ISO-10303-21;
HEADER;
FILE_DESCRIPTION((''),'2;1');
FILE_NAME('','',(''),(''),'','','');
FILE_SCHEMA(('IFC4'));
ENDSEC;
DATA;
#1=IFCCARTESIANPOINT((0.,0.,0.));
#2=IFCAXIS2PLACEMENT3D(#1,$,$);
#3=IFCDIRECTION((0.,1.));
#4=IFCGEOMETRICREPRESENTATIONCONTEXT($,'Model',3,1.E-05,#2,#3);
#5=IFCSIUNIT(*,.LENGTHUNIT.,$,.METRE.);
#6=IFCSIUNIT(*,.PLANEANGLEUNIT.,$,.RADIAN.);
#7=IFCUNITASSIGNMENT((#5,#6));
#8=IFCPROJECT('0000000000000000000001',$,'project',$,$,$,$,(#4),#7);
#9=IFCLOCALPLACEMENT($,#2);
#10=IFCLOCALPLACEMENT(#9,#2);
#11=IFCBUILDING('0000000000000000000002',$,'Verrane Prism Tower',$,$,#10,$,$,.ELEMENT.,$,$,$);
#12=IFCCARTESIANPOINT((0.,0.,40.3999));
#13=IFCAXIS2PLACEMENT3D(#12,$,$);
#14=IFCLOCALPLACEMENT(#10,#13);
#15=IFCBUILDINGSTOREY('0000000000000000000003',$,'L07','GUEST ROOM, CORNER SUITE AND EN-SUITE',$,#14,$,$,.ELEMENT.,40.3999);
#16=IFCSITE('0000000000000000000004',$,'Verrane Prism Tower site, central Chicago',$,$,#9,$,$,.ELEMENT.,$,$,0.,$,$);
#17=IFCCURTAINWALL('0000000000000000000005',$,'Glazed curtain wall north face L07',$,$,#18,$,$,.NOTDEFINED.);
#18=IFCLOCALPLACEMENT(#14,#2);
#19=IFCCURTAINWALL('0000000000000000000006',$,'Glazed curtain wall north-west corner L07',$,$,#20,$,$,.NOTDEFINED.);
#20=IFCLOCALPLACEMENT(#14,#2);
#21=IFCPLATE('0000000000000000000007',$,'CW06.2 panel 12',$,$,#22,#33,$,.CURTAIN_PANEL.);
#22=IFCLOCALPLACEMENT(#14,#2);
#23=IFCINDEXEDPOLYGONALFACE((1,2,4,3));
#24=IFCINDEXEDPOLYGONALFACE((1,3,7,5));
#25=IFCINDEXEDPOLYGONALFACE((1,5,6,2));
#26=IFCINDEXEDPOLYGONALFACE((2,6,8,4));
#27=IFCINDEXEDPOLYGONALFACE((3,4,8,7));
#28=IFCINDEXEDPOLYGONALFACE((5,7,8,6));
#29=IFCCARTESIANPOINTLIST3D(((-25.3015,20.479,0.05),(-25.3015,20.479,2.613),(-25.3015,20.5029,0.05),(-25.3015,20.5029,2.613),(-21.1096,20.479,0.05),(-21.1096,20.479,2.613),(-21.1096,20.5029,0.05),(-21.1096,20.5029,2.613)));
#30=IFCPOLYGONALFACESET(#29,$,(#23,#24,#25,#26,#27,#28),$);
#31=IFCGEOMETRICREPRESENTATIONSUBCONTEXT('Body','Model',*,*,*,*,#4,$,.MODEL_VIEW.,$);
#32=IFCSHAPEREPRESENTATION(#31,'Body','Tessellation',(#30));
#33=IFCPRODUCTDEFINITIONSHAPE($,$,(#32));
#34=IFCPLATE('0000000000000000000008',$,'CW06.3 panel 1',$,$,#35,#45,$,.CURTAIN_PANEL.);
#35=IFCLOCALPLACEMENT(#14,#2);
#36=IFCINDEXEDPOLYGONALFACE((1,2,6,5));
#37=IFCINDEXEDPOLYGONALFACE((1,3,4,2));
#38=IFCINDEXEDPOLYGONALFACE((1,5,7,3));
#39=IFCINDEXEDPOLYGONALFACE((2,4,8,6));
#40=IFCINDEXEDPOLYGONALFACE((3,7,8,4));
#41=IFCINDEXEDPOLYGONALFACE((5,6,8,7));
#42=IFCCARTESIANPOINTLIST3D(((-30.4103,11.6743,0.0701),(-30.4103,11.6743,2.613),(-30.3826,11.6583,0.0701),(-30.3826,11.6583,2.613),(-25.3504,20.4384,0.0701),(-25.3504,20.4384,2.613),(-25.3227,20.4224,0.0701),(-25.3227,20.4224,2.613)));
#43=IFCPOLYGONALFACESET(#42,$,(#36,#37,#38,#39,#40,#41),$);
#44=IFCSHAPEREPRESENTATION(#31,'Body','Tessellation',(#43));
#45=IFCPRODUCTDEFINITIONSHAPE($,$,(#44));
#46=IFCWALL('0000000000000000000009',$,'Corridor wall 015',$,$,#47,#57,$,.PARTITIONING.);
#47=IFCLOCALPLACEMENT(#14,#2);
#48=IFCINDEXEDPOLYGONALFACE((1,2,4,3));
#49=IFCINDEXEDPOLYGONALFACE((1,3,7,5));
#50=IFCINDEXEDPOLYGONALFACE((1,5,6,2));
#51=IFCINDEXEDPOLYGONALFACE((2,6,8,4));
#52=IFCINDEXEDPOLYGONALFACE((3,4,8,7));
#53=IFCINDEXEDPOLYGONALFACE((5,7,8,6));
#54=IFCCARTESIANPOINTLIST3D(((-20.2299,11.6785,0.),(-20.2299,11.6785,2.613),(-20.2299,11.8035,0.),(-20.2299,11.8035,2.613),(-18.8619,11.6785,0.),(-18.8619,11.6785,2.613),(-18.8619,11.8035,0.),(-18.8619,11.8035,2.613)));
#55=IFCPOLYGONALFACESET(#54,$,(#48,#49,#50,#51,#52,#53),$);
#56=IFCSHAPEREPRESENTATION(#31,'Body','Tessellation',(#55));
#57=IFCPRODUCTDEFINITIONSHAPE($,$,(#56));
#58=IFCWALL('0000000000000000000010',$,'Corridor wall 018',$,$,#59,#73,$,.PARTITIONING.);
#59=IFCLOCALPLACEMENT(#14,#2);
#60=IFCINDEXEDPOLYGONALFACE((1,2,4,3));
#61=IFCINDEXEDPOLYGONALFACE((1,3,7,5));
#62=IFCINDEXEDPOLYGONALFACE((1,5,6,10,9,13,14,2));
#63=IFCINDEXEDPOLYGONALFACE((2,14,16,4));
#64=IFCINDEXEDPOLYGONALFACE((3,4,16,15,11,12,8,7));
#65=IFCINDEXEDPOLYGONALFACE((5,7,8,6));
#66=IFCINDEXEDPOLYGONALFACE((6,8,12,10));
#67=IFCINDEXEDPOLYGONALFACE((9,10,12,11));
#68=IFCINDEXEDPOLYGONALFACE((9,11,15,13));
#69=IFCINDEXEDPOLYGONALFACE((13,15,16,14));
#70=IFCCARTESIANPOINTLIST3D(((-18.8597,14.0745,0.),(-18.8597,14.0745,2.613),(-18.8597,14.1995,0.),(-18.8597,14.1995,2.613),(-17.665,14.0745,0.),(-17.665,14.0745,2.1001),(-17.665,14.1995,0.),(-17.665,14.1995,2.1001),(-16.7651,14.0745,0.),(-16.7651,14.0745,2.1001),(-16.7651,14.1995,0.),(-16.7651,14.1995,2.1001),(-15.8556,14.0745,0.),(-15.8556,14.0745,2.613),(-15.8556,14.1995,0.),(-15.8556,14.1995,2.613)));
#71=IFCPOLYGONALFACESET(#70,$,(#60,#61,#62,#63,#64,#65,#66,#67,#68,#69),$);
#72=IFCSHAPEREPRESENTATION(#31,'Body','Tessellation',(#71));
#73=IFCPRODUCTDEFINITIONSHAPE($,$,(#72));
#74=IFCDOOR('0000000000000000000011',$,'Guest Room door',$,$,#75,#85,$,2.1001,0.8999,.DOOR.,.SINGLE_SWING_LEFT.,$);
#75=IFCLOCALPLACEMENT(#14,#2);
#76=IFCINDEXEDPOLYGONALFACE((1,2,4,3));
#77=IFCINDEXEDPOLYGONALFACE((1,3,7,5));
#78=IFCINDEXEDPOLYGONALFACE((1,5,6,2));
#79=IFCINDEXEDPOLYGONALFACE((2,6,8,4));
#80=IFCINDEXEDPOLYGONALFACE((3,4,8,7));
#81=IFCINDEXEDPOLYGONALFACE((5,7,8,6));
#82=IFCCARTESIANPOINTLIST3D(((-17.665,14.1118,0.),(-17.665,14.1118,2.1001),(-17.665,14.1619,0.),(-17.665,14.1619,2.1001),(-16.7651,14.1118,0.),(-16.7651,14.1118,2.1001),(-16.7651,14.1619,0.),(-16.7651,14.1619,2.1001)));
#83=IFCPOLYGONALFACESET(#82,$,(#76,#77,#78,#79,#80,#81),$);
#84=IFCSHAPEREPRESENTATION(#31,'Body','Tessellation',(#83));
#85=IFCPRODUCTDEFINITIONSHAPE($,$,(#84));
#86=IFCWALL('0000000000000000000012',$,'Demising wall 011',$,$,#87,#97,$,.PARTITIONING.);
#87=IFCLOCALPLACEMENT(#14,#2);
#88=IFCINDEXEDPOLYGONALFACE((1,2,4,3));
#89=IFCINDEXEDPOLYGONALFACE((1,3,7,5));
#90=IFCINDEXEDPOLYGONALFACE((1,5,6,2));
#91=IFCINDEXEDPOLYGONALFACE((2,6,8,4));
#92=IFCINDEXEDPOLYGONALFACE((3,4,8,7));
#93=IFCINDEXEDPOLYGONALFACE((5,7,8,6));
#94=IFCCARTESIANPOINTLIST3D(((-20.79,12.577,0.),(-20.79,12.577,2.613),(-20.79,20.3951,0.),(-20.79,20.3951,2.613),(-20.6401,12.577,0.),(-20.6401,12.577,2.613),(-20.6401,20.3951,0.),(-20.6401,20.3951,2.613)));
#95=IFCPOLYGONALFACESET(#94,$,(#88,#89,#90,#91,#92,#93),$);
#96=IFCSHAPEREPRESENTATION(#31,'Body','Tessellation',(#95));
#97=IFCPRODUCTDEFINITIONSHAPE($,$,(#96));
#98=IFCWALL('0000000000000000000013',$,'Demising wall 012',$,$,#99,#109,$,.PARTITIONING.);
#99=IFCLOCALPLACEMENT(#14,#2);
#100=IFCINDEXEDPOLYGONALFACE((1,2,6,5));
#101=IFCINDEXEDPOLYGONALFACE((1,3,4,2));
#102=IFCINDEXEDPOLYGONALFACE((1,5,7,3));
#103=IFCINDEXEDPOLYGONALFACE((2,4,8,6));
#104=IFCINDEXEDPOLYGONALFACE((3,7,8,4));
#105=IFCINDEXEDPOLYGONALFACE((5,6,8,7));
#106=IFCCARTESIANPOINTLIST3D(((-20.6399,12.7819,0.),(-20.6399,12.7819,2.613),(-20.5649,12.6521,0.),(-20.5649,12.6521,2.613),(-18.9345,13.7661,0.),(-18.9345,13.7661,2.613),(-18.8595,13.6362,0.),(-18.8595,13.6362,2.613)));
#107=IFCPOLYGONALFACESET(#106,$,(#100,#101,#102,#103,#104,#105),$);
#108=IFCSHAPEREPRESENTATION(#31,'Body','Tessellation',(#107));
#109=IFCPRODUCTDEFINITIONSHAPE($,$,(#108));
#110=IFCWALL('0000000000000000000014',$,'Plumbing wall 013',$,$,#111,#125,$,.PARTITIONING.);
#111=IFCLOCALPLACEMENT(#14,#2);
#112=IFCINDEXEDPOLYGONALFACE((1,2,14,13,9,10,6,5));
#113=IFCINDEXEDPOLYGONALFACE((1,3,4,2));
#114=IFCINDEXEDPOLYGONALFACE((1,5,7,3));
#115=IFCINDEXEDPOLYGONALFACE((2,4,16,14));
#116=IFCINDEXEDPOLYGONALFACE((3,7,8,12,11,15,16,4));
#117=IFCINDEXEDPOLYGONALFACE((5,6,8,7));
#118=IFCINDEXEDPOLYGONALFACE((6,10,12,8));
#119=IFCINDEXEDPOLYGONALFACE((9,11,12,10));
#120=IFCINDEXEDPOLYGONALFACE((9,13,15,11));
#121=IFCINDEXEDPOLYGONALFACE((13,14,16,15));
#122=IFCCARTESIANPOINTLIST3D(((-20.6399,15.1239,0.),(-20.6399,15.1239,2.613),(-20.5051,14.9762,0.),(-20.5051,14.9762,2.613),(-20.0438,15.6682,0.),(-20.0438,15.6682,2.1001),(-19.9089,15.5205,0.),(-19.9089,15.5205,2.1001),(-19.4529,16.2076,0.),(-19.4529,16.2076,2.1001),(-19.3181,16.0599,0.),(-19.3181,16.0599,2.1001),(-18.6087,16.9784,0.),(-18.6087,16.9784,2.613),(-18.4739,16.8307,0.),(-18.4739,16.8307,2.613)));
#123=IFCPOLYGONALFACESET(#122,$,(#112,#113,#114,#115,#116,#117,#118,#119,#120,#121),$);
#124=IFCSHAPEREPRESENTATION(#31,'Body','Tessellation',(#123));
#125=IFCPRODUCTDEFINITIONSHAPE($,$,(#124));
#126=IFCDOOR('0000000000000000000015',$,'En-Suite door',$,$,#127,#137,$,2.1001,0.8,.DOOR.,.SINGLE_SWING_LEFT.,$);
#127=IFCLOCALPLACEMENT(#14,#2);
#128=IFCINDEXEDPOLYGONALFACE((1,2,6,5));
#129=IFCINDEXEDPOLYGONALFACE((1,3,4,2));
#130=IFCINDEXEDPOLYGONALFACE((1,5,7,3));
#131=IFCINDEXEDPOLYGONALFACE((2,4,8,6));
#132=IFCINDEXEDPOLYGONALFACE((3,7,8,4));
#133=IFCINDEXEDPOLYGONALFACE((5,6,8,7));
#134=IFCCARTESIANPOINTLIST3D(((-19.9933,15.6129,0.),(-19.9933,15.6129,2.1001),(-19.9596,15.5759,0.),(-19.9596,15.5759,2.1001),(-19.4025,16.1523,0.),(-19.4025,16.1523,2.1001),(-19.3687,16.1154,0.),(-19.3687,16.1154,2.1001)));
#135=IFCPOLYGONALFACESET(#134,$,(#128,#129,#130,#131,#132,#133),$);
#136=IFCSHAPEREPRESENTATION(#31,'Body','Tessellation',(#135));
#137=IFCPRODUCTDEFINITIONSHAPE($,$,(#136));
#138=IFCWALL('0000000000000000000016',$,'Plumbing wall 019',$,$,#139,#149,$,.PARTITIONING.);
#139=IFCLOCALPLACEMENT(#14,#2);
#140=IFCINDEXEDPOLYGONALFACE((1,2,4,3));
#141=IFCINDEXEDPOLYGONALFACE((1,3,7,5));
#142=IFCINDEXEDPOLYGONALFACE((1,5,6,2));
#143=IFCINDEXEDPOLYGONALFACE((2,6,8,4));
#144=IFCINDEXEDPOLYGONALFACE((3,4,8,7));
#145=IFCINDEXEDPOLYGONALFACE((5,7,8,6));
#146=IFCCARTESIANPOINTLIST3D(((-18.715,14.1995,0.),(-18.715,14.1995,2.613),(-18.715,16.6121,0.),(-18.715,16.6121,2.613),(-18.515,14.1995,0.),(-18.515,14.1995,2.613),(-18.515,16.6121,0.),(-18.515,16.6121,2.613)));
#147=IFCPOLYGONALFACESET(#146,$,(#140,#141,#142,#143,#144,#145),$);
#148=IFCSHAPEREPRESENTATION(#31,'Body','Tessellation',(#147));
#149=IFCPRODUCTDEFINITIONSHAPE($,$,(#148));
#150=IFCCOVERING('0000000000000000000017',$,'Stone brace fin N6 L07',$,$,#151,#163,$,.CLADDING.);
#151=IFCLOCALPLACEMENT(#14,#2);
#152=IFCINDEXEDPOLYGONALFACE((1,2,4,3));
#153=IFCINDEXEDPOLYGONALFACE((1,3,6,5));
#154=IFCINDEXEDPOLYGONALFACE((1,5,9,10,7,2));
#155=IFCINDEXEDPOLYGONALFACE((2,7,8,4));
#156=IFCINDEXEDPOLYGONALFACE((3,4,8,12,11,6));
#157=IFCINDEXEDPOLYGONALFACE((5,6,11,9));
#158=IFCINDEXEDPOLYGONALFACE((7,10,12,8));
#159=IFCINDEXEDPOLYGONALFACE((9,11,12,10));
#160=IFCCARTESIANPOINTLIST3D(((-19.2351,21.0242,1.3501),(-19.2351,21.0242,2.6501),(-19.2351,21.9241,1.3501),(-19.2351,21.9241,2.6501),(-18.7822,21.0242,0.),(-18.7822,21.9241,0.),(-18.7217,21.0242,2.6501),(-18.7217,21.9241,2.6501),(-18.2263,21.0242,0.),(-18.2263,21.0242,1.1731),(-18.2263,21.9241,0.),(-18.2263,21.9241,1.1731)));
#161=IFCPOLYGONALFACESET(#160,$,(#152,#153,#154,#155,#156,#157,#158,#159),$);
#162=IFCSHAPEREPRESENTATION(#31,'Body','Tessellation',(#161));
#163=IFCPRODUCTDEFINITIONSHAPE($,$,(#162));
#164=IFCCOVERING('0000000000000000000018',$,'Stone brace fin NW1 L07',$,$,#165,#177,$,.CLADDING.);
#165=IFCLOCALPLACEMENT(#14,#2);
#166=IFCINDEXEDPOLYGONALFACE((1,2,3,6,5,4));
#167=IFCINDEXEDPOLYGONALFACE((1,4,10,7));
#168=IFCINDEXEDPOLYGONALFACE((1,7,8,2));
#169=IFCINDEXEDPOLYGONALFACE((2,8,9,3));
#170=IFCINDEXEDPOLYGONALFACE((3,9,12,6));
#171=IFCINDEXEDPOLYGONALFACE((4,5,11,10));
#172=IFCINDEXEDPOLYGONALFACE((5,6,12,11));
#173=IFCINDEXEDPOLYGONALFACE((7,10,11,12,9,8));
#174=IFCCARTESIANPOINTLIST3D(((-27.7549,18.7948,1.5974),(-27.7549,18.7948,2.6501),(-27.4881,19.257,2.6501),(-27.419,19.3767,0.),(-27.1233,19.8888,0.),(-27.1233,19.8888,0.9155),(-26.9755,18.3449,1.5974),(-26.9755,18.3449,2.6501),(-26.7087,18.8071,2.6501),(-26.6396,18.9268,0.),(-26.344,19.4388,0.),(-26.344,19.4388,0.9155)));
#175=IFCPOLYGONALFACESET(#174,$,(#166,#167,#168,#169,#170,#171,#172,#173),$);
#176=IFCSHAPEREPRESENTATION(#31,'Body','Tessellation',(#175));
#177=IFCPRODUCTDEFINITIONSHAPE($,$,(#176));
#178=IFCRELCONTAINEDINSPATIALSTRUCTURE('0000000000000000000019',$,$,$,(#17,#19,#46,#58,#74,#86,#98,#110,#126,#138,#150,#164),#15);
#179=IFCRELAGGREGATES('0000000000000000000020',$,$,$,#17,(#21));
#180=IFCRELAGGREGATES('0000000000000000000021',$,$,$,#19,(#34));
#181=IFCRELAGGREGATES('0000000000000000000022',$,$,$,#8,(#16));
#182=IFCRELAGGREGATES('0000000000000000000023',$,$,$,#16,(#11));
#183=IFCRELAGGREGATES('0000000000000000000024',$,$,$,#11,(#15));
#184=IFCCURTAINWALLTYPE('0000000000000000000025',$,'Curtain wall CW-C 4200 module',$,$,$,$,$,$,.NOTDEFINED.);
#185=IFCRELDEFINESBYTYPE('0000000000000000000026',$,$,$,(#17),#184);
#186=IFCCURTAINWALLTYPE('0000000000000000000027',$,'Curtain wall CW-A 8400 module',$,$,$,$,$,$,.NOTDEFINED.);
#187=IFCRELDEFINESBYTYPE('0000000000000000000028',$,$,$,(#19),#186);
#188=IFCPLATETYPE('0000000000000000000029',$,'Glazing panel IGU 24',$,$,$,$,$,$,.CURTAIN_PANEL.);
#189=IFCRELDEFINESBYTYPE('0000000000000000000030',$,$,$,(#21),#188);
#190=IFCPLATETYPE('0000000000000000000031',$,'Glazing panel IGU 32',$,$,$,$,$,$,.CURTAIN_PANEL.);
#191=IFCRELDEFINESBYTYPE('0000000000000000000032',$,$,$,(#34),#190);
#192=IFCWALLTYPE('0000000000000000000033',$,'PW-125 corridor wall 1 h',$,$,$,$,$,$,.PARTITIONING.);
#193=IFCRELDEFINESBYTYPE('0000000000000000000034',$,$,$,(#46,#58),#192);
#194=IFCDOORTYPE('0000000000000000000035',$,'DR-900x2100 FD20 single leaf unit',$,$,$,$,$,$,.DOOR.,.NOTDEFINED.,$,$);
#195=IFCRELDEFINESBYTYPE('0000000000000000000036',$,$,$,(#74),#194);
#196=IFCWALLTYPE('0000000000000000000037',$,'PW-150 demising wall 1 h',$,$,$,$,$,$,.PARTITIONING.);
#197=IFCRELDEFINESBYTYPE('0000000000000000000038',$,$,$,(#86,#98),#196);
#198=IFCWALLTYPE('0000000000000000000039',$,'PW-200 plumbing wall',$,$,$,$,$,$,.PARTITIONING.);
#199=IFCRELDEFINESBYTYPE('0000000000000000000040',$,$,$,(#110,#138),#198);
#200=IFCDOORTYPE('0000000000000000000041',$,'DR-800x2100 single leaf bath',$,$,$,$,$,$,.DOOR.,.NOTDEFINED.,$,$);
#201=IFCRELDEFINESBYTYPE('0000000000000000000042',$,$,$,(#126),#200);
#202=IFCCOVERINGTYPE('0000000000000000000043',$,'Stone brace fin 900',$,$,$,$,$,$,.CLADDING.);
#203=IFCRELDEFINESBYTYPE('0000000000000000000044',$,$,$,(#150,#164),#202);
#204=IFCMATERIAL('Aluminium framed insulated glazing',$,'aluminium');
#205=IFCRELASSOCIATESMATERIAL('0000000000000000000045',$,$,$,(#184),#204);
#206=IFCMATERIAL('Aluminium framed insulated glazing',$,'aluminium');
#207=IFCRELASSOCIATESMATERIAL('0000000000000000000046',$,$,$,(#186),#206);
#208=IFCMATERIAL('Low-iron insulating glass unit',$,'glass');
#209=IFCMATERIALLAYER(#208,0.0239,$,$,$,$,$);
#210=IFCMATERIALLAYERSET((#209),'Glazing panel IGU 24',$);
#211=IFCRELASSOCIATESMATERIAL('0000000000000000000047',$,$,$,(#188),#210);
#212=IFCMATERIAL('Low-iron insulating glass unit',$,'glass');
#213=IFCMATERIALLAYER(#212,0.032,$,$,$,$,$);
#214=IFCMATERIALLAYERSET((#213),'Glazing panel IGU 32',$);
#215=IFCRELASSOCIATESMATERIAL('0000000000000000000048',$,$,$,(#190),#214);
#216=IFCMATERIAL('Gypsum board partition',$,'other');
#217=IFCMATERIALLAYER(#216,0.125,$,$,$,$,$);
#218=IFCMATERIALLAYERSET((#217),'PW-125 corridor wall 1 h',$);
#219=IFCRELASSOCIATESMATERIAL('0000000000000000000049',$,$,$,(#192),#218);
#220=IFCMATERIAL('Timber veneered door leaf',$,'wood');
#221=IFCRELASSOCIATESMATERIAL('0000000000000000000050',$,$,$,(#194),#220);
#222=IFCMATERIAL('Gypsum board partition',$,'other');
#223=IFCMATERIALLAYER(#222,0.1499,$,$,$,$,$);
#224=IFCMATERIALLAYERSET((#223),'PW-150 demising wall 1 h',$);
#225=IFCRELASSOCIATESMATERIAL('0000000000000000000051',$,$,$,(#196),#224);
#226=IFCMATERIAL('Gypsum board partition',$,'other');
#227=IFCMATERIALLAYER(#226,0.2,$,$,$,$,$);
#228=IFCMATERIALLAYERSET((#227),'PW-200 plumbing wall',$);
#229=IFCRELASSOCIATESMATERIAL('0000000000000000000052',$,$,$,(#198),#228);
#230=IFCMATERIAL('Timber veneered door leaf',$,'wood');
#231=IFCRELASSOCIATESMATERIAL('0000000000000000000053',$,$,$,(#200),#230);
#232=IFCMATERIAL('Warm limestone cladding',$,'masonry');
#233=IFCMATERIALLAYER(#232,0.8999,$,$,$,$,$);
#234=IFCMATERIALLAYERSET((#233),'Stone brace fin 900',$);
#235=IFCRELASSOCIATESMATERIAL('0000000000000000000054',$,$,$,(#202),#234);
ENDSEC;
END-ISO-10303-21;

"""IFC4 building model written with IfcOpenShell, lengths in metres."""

from ifc_helpers import new_model, si_unit, direction, frame, frame_2d, origin, origin_2d, place, context, subcontext, project, spatial, polyline, rectangle, outline, extrude, material, layer, layer_set, type_object, element, fill, aggregate, save


model = new_model("IFC4")

# Units and contexts
model_context = context("Model", 3, precision=1e-05, world=origin(), true_north=direction((0.0, 1.0)))
body_context = subcontext(model_context, "Body", "Model", "MODEL_VIEW")
ifc_project = project(units=[si_unit("LENGTHUNIT", "METRE"), si_unit("PLANEANGLEUNIT", "RADIAN")], contexts=[model_context])

# Site, building, storey
site_placement = place(None, origin())
site = spatial("IfcSite", under=ifc_project, at=site_placement, Name="Verrane Prism Tower site, central Chicago", CompositionType="ELEMENT", RefElevation=0.0)
building_placement = place(site_placement, origin())
building = spatial("IfcBuilding", under=site, at=building_placement, Name="Verrane Prism Tower", CompositionType="ELEMENT")
storey_placement = place(building_placement, frame((0.0, 0.0, 40.3999)))
storey = spatial("IfcBuildingStorey", under=building, at=storey_placement, Name="L07", Description="GUEST ROOM, CORNER SUITE AND EN-SUITE", CompositionType="ELEMENT", Elevation=40.3999)

# Curtain wall
ifc_material_1 = material(Name="Aluminium framed insulated glazing", Category="aluminium")
curtain_wall_type_1 = type_object("IfcCurtainWallType", Name="Curtain wall CW-C 4200 module", PredefinedType="NOTDEFINED", material=ifc_material_1)
curtain_wall_1_placement = place(storey_placement, origin())
curtain_wall_1 = element("IfcCurtainWall", 1, at=curtain_wall_1_placement, inside=storey, type_object=curtain_wall_type_1, Name="Glazed curtain wall north face L07", PredefinedType="NOTDEFINED")

# Curtain wall
ifc_material_2 = material(Name="Aluminium framed insulated glazing", Category="aluminium")
curtain_wall_type_2 = type_object("IfcCurtainWallType", Name="Curtain wall CW-A 8400 module", PredefinedType="NOTDEFINED", material=ifc_material_2)
curtain_wall_2_placement = place(storey_placement, origin())
curtain_wall_2 = element("IfcCurtainWall", 2, at=curtain_wall_2_placement, inside=storey, type_object=curtain_wall_type_2, Name="Glazed curtain wall north-west corner L07", PredefinedType="NOTDEFINED")

# Plates
ifc_material_3 = material(Name="Low-iron insulating glass unit", Category="glass")
ifc_layer_1 = layer(ifc_material_3, 0.0239)
ifc_layer_set_1 = layer_set([ifc_layer_1], Name="Glazing panel IGU 24")
plate_type_1 = type_object("IfcPlateType", Name="Glazing panel IGU 24", PredefinedType="CURTAIN_PANEL", material=ifc_layer_set_1)
plate_1_placement = place(storey_placement, frame((-23.2056, 20.491, 0.05), z_axis=(0.0, 0.0, 1.0), x_axis=(-1.0, 0.0, 0.0)))
plate_1 = element("IfcPlate", 3, at=plate_1_placement, type_object=plate_type_1, Name="CW06.2 panel 12", PredefinedType="CURTAIN_PANEL", context=body_context, shape_type="SweptSolid", body=[
    extrude(rectangle(XDim=4.1919, YDim=0.0239, at=origin_2d()), origin(), (0.0, 0.0, 1.0), 2.563),
])
aggregate(curtain_wall_1, [plate_1])
ifc_material_4 = material(Name="Low-iron insulating glass unit", Category="glass")
ifc_layer_2 = layer(ifc_material_4, 0.032)
ifc_layer_set_2 = layer_set([ifc_layer_2], Name="Glazing panel IGU 32")
plate_type_2 = type_object("IfcPlateType", Name="Glazing panel IGU 32", PredefinedType="CURTAIN_PANEL", material=ifc_layer_set_2)
plate_2_placement = place(storey_placement, frame((-27.8665, 16.0483, 0.0701), z_axis=(0.0, 0.0, 1.0), x_axis=(-0.499997, -0.866027, 0.0)))
plate_2 = element("IfcPlate", 4, at=plate_2_placement, type_object=plate_type_2, Name="CW06.3 panel 1", PredefinedType="CURTAIN_PANEL", context=body_context, shape_type="SweptSolid", body=[
    extrude(rectangle(XDim=10.1199, YDim=0.032, at=origin_2d()), origin(), (0.0, 0.0, 1.0), 2.543),
])
aggregate(curtain_wall_2, [plate_2])

# Wall
ifc_material_5 = material(Name="Gypsum board partition", Category="other")
ifc_layer_3 = layer(ifc_material_5, 0.125)
ifc_layer_set_3 = layer_set([ifc_layer_3], Name="PW-125 corridor wall 1 h")
wall_type_1 = type_object("IfcWallType", Name="PW-125 corridor wall 1 h", PredefinedType="PARTITIONING", material=ifc_layer_set_3)
wall_1_placement = place(storey_placement, frame((-20.23, 11.741, 0.0), z_axis=(0.0, 0.0, 1.0), x_axis=(1.0, 0.0, 0.0)))
element("IfcWall", 5, at=wall_1_placement, inside=storey, type_object=wall_type_1, Name="Corridor wall 015", PredefinedType="PARTITIONING", context=body_context, shape_type="SweptSolid", body=[
    extrude(rectangle(XDim=1.3679, YDim=0.125, at=frame_2d((0.6841, 0.0))), origin(), (0.0, 0.0, 1.0), 2.613),
])

# Wall, opening, door
wall_2_placement = place(storey_placement, frame((-18.8596, 14.137, 0.0), z_axis=(0.0, 0.0, 1.0), x_axis=(1.0, 0.0, 0.0)))
wall_2 = element("IfcWall", 6, at=wall_2_placement, inside=storey, type_object=wall_type_1, Name="Corridor wall 018", PredefinedType="PARTITIONING", context=body_context, shape_type="SweptSolid", body=[
    extrude(rectangle(XDim=3.0042, YDim=0.125, at=frame_2d((1.502, 0.0))), origin(), (0.0, 0.0, 1.0), 2.613),
])
opening_1_placement = place(wall_2_placement, frame((1.1946, 0.0, 0.0)))
opening_1 = element("IfcOpeningElement", 7, at=opening_1_placement, cuts=wall_2, PredefinedType="OPENING", context=body_context, shape_type="SweptSolid", body=[
    extrude(rectangle(XDim=0.8999, YDim=2.1001, at=frame_2d((0.45, 1.05))), frame((0.0, 0.0725, 0.0), z_axis=(0.0, -1.0, 0.0), x_axis=(1.0, 0.0, 0.0)), (0.0, 0.0, 1.0), 0.145),
])
ifc_material_6 = material(Name="Timber veneered door leaf", Category="wood")
door_type_1 = type_object("IfcDoorType", Name="DR-900x2100 FD20 single leaf unit", OperationType="NOTDEFINED", PredefinedType="DOOR", material=ifc_material_6)
door_1_placement = place(opening_1_placement, origin())
door_1 = element("IfcDoor", 8, at=door_1_placement, inside=storey, type_object=door_type_1, Name="Guest Room door", OperationType="SINGLE_SWING_LEFT", OverallHeight=2.1001, OverallWidth=0.8999, PredefinedType="DOOR", context=body_context, shape_type="SweptSolid", body=[
    extrude(rectangle(XDim=0.8999, YDim=2.1001, at=frame_2d((0.45, 1.05))), frame((0.0, 0.0249, 0.0), z_axis=(0.0, -1.0, 0.0), x_axis=(1.0, 0.0, 0.0)), (0.0, 0.0, 1.0), 0.05),
])
fill(opening_1, door_1)

# Walls
ifc_material_7 = material(Name="Gypsum board partition", Category="other")
ifc_layer_4 = layer(ifc_material_7, 0.1499)
ifc_layer_set_4 = layer_set([ifc_layer_4], Name="PW-150 demising wall 1 h")
wall_type_2 = type_object("IfcWallType", Name="PW-150 demising wall 1 h", PredefinedType="PARTITIONING", material=ifc_layer_set_4)
wall_3_placement = place(storey_placement, frame((-20.7151, 12.5769, 0.0), z_axis=(0.0, 0.0, 1.0), x_axis=(0.0, 1.0, 0.0)))
element("IfcWall", 9, at=wall_3_placement, inside=storey, type_object=wall_type_2, Name="Demising wall 011", PredefinedType="PARTITIONING", context=body_context, shape_type="SweptSolid", body=[
    extrude(rectangle(XDim=7.8181, YDim=0.1499, at=frame_2d((3.9092, 0.0))), origin(), (0.0, 0.0, 1.0), 2.613),
])
wall_4_placement = place(storey_placement, frame((-20.6023, 12.717, 0.0), z_axis=(0.0, 0.0, 1.0), x_axis=(0.866122, 0.499833, 0.0)))
element("IfcWall", 10, at=wall_4_placement, inside=storey, type_object=wall_type_2, Name="Demising wall 012", PredefinedType="PARTITIONING", context=body_context, shape_type="SweptSolid", body=[
    extrude(rectangle(XDim=1.969, YDim=0.1499, at=frame_2d((0.9844, 0.0))), origin(), (0.0, 0.0, 1.0), 2.613),
])

# Wall, opening, door
ifc_material_8 = material(Name="Gypsum board partition", Category="other")
ifc_layer_5 = layer(ifc_material_8, 0.2)
ifc_layer_set_5 = layer_set([ifc_layer_5], Name="PW-200 plumbing wall")
wall_type_3 = type_object("IfcWallType", Name="PW-200 plumbing wall", PredefinedType="PARTITIONING", material=ifc_layer_set_5)
wall_5_placement = place(storey_placement, frame((-18.5413, 16.9045, 0.0), z_axis=(0.0, 0.0, 1.0), x_axis=(-0.738509, -0.674244, 0.0)))
wall_5 = element("IfcWall", 11, at=wall_5_placement, inside=storey, type_object=wall_type_3, Name="Plumbing wall 013", PredefinedType="PARTITIONING", context=body_context, shape_type="SweptSolid", body=[
    extrude(rectangle(XDim=2.7505, YDim=0.2, at=frame_2d((1.3752, 0.0))), origin(), (0.0, 0.0, 1.0), 2.613),
])
opening_2_placement = place(wall_5_placement, frame((1.1433, 0.0, 0.0)))
opening_2 = element("IfcOpeningElement", 12, at=opening_2_placement, cuts=wall_5, PredefinedType="OPENING", context=body_context, shape_type="SweptSolid", body=[
    extrude(rectangle(XDim=0.8, YDim=2.1001, at=frame_2d((0.3999, 1.05))), frame((0.0, 0.1099, 0.0), z_axis=(0.0, -1.0, 0.0), x_axis=(1.0, 0.0, 0.0)), (0.0, 0.0, 1.0), 0.22),
])
ifc_material_9 = material(Name="Timber veneered door leaf", Category="wood")
door_type_2 = type_object("IfcDoorType", Name="DR-800x2100 single leaf bath", OperationType="NOTDEFINED", PredefinedType="DOOR", material=ifc_material_9)
door_2_placement = place(opening_2_placement, origin())
door_2 = element("IfcDoor", 13, at=door_2_placement, inside=storey, type_object=door_type_2, Name="En-Suite door", OperationType="SINGLE_SWING_LEFT", OverallHeight=2.1001, OverallWidth=0.8, PredefinedType="DOOR", context=body_context, shape_type="SweptSolid", body=[
    extrude(rectangle(XDim=0.8, YDim=2.1001, at=frame_2d((0.3999, 1.05))), frame((0.0, 0.0249, 0.0), z_axis=(0.0, -1.0, 0.0), x_axis=(1.0, 0.0, 0.0)), (0.0, 0.0, 1.0), 0.05),
])
fill(opening_2, door_2)

# Wall
wall_6_placement = place(storey_placement, frame((-18.615, 14.1995, 0.0), z_axis=(0.0, 0.0, 1.0), x_axis=(0.0, 1.0, 0.0)))
element("IfcWall", 14, at=wall_6_placement, inside=storey, type_object=wall_type_3, Name="Plumbing wall 019", PredefinedType="PARTITIONING", context=body_context, shape_type="SweptSolid", body=[
    extrude(rectangle(XDim=2.4126, YDim=0.2, at=frame_2d((1.2063, 0.0))), origin(), (0.0, 0.0, 1.0), 2.613),
])

# Coverings
ifc_material_10 = material(Name="Warm limestone cladding", Category="masonry")
ifc_layer_6 = layer(ifc_material_10, 0.8999)
ifc_layer_set_6 = layer_set([ifc_layer_6], Name="Stone brace fin 900")
covering_type = type_object("IfcCoveringType", Name="Stone brace fin 900", PredefinedType="CLADDING", material=ifc_layer_set_6)
covering_1_placement = place(storey_placement, frame((-18.2263, 21.4741, 0.0), z_axis=(0.0, 0.0, 1.0), x_axis=(-1.0, 0.0, 0.0)))
element("IfcCovering", 15, at=covering_1_placement, inside=storey, type_object=covering_type, Name="Stone brace fin N6 L07", PredefinedType="CLADDING", context=body_context, shape_type="SweptSolid", body=[
    extrude(outline(polyline([(1.0088, 2.6501), (0.4954, 2.6501), (0.0, 1.1731), (0.0, 0.0), (0.5559, 0.0), (1.0088, 1.3501), (1.0088, 2.6501)])), frame((0.0, 0.45, 0.0), z_axis=(0.0, -1.0, 0.0), x_axis=(1.0, 0.0, 0.0)), (0.0, 0.0, 1.0), 0.8999),
])
covering_2_placement = place(storey_placement, frame((-26.7336, 19.6638, 0.0), z_axis=(0.0, 0.0, 1.0), x_axis=(-0.499985, -0.866034, 0.0)))
element("IfcCovering", 16, at=covering_2_placement, inside=storey, type_object=covering_type, Name="Stone brace fin NW1 L07", PredefinedType="CLADDING", context=body_context, shape_type="SweptSolid", body=[
    extrude(outline(polyline([(1.2632, 2.6501), (0.7295, 2.6501), (0.0, 0.9155), (0.0, 0.0), (0.5913, 0.0), (1.2632, 1.5974), (1.2632, 2.6501)])), frame((0.0, 0.45, 0.0), z_axis=(0.0, -1.0, 0.0), x_axis=(1.0, 0.0, 0.0)), (0.0, 0.0, 1.0), 0.8999),
])

save(model, "model.ifc")
